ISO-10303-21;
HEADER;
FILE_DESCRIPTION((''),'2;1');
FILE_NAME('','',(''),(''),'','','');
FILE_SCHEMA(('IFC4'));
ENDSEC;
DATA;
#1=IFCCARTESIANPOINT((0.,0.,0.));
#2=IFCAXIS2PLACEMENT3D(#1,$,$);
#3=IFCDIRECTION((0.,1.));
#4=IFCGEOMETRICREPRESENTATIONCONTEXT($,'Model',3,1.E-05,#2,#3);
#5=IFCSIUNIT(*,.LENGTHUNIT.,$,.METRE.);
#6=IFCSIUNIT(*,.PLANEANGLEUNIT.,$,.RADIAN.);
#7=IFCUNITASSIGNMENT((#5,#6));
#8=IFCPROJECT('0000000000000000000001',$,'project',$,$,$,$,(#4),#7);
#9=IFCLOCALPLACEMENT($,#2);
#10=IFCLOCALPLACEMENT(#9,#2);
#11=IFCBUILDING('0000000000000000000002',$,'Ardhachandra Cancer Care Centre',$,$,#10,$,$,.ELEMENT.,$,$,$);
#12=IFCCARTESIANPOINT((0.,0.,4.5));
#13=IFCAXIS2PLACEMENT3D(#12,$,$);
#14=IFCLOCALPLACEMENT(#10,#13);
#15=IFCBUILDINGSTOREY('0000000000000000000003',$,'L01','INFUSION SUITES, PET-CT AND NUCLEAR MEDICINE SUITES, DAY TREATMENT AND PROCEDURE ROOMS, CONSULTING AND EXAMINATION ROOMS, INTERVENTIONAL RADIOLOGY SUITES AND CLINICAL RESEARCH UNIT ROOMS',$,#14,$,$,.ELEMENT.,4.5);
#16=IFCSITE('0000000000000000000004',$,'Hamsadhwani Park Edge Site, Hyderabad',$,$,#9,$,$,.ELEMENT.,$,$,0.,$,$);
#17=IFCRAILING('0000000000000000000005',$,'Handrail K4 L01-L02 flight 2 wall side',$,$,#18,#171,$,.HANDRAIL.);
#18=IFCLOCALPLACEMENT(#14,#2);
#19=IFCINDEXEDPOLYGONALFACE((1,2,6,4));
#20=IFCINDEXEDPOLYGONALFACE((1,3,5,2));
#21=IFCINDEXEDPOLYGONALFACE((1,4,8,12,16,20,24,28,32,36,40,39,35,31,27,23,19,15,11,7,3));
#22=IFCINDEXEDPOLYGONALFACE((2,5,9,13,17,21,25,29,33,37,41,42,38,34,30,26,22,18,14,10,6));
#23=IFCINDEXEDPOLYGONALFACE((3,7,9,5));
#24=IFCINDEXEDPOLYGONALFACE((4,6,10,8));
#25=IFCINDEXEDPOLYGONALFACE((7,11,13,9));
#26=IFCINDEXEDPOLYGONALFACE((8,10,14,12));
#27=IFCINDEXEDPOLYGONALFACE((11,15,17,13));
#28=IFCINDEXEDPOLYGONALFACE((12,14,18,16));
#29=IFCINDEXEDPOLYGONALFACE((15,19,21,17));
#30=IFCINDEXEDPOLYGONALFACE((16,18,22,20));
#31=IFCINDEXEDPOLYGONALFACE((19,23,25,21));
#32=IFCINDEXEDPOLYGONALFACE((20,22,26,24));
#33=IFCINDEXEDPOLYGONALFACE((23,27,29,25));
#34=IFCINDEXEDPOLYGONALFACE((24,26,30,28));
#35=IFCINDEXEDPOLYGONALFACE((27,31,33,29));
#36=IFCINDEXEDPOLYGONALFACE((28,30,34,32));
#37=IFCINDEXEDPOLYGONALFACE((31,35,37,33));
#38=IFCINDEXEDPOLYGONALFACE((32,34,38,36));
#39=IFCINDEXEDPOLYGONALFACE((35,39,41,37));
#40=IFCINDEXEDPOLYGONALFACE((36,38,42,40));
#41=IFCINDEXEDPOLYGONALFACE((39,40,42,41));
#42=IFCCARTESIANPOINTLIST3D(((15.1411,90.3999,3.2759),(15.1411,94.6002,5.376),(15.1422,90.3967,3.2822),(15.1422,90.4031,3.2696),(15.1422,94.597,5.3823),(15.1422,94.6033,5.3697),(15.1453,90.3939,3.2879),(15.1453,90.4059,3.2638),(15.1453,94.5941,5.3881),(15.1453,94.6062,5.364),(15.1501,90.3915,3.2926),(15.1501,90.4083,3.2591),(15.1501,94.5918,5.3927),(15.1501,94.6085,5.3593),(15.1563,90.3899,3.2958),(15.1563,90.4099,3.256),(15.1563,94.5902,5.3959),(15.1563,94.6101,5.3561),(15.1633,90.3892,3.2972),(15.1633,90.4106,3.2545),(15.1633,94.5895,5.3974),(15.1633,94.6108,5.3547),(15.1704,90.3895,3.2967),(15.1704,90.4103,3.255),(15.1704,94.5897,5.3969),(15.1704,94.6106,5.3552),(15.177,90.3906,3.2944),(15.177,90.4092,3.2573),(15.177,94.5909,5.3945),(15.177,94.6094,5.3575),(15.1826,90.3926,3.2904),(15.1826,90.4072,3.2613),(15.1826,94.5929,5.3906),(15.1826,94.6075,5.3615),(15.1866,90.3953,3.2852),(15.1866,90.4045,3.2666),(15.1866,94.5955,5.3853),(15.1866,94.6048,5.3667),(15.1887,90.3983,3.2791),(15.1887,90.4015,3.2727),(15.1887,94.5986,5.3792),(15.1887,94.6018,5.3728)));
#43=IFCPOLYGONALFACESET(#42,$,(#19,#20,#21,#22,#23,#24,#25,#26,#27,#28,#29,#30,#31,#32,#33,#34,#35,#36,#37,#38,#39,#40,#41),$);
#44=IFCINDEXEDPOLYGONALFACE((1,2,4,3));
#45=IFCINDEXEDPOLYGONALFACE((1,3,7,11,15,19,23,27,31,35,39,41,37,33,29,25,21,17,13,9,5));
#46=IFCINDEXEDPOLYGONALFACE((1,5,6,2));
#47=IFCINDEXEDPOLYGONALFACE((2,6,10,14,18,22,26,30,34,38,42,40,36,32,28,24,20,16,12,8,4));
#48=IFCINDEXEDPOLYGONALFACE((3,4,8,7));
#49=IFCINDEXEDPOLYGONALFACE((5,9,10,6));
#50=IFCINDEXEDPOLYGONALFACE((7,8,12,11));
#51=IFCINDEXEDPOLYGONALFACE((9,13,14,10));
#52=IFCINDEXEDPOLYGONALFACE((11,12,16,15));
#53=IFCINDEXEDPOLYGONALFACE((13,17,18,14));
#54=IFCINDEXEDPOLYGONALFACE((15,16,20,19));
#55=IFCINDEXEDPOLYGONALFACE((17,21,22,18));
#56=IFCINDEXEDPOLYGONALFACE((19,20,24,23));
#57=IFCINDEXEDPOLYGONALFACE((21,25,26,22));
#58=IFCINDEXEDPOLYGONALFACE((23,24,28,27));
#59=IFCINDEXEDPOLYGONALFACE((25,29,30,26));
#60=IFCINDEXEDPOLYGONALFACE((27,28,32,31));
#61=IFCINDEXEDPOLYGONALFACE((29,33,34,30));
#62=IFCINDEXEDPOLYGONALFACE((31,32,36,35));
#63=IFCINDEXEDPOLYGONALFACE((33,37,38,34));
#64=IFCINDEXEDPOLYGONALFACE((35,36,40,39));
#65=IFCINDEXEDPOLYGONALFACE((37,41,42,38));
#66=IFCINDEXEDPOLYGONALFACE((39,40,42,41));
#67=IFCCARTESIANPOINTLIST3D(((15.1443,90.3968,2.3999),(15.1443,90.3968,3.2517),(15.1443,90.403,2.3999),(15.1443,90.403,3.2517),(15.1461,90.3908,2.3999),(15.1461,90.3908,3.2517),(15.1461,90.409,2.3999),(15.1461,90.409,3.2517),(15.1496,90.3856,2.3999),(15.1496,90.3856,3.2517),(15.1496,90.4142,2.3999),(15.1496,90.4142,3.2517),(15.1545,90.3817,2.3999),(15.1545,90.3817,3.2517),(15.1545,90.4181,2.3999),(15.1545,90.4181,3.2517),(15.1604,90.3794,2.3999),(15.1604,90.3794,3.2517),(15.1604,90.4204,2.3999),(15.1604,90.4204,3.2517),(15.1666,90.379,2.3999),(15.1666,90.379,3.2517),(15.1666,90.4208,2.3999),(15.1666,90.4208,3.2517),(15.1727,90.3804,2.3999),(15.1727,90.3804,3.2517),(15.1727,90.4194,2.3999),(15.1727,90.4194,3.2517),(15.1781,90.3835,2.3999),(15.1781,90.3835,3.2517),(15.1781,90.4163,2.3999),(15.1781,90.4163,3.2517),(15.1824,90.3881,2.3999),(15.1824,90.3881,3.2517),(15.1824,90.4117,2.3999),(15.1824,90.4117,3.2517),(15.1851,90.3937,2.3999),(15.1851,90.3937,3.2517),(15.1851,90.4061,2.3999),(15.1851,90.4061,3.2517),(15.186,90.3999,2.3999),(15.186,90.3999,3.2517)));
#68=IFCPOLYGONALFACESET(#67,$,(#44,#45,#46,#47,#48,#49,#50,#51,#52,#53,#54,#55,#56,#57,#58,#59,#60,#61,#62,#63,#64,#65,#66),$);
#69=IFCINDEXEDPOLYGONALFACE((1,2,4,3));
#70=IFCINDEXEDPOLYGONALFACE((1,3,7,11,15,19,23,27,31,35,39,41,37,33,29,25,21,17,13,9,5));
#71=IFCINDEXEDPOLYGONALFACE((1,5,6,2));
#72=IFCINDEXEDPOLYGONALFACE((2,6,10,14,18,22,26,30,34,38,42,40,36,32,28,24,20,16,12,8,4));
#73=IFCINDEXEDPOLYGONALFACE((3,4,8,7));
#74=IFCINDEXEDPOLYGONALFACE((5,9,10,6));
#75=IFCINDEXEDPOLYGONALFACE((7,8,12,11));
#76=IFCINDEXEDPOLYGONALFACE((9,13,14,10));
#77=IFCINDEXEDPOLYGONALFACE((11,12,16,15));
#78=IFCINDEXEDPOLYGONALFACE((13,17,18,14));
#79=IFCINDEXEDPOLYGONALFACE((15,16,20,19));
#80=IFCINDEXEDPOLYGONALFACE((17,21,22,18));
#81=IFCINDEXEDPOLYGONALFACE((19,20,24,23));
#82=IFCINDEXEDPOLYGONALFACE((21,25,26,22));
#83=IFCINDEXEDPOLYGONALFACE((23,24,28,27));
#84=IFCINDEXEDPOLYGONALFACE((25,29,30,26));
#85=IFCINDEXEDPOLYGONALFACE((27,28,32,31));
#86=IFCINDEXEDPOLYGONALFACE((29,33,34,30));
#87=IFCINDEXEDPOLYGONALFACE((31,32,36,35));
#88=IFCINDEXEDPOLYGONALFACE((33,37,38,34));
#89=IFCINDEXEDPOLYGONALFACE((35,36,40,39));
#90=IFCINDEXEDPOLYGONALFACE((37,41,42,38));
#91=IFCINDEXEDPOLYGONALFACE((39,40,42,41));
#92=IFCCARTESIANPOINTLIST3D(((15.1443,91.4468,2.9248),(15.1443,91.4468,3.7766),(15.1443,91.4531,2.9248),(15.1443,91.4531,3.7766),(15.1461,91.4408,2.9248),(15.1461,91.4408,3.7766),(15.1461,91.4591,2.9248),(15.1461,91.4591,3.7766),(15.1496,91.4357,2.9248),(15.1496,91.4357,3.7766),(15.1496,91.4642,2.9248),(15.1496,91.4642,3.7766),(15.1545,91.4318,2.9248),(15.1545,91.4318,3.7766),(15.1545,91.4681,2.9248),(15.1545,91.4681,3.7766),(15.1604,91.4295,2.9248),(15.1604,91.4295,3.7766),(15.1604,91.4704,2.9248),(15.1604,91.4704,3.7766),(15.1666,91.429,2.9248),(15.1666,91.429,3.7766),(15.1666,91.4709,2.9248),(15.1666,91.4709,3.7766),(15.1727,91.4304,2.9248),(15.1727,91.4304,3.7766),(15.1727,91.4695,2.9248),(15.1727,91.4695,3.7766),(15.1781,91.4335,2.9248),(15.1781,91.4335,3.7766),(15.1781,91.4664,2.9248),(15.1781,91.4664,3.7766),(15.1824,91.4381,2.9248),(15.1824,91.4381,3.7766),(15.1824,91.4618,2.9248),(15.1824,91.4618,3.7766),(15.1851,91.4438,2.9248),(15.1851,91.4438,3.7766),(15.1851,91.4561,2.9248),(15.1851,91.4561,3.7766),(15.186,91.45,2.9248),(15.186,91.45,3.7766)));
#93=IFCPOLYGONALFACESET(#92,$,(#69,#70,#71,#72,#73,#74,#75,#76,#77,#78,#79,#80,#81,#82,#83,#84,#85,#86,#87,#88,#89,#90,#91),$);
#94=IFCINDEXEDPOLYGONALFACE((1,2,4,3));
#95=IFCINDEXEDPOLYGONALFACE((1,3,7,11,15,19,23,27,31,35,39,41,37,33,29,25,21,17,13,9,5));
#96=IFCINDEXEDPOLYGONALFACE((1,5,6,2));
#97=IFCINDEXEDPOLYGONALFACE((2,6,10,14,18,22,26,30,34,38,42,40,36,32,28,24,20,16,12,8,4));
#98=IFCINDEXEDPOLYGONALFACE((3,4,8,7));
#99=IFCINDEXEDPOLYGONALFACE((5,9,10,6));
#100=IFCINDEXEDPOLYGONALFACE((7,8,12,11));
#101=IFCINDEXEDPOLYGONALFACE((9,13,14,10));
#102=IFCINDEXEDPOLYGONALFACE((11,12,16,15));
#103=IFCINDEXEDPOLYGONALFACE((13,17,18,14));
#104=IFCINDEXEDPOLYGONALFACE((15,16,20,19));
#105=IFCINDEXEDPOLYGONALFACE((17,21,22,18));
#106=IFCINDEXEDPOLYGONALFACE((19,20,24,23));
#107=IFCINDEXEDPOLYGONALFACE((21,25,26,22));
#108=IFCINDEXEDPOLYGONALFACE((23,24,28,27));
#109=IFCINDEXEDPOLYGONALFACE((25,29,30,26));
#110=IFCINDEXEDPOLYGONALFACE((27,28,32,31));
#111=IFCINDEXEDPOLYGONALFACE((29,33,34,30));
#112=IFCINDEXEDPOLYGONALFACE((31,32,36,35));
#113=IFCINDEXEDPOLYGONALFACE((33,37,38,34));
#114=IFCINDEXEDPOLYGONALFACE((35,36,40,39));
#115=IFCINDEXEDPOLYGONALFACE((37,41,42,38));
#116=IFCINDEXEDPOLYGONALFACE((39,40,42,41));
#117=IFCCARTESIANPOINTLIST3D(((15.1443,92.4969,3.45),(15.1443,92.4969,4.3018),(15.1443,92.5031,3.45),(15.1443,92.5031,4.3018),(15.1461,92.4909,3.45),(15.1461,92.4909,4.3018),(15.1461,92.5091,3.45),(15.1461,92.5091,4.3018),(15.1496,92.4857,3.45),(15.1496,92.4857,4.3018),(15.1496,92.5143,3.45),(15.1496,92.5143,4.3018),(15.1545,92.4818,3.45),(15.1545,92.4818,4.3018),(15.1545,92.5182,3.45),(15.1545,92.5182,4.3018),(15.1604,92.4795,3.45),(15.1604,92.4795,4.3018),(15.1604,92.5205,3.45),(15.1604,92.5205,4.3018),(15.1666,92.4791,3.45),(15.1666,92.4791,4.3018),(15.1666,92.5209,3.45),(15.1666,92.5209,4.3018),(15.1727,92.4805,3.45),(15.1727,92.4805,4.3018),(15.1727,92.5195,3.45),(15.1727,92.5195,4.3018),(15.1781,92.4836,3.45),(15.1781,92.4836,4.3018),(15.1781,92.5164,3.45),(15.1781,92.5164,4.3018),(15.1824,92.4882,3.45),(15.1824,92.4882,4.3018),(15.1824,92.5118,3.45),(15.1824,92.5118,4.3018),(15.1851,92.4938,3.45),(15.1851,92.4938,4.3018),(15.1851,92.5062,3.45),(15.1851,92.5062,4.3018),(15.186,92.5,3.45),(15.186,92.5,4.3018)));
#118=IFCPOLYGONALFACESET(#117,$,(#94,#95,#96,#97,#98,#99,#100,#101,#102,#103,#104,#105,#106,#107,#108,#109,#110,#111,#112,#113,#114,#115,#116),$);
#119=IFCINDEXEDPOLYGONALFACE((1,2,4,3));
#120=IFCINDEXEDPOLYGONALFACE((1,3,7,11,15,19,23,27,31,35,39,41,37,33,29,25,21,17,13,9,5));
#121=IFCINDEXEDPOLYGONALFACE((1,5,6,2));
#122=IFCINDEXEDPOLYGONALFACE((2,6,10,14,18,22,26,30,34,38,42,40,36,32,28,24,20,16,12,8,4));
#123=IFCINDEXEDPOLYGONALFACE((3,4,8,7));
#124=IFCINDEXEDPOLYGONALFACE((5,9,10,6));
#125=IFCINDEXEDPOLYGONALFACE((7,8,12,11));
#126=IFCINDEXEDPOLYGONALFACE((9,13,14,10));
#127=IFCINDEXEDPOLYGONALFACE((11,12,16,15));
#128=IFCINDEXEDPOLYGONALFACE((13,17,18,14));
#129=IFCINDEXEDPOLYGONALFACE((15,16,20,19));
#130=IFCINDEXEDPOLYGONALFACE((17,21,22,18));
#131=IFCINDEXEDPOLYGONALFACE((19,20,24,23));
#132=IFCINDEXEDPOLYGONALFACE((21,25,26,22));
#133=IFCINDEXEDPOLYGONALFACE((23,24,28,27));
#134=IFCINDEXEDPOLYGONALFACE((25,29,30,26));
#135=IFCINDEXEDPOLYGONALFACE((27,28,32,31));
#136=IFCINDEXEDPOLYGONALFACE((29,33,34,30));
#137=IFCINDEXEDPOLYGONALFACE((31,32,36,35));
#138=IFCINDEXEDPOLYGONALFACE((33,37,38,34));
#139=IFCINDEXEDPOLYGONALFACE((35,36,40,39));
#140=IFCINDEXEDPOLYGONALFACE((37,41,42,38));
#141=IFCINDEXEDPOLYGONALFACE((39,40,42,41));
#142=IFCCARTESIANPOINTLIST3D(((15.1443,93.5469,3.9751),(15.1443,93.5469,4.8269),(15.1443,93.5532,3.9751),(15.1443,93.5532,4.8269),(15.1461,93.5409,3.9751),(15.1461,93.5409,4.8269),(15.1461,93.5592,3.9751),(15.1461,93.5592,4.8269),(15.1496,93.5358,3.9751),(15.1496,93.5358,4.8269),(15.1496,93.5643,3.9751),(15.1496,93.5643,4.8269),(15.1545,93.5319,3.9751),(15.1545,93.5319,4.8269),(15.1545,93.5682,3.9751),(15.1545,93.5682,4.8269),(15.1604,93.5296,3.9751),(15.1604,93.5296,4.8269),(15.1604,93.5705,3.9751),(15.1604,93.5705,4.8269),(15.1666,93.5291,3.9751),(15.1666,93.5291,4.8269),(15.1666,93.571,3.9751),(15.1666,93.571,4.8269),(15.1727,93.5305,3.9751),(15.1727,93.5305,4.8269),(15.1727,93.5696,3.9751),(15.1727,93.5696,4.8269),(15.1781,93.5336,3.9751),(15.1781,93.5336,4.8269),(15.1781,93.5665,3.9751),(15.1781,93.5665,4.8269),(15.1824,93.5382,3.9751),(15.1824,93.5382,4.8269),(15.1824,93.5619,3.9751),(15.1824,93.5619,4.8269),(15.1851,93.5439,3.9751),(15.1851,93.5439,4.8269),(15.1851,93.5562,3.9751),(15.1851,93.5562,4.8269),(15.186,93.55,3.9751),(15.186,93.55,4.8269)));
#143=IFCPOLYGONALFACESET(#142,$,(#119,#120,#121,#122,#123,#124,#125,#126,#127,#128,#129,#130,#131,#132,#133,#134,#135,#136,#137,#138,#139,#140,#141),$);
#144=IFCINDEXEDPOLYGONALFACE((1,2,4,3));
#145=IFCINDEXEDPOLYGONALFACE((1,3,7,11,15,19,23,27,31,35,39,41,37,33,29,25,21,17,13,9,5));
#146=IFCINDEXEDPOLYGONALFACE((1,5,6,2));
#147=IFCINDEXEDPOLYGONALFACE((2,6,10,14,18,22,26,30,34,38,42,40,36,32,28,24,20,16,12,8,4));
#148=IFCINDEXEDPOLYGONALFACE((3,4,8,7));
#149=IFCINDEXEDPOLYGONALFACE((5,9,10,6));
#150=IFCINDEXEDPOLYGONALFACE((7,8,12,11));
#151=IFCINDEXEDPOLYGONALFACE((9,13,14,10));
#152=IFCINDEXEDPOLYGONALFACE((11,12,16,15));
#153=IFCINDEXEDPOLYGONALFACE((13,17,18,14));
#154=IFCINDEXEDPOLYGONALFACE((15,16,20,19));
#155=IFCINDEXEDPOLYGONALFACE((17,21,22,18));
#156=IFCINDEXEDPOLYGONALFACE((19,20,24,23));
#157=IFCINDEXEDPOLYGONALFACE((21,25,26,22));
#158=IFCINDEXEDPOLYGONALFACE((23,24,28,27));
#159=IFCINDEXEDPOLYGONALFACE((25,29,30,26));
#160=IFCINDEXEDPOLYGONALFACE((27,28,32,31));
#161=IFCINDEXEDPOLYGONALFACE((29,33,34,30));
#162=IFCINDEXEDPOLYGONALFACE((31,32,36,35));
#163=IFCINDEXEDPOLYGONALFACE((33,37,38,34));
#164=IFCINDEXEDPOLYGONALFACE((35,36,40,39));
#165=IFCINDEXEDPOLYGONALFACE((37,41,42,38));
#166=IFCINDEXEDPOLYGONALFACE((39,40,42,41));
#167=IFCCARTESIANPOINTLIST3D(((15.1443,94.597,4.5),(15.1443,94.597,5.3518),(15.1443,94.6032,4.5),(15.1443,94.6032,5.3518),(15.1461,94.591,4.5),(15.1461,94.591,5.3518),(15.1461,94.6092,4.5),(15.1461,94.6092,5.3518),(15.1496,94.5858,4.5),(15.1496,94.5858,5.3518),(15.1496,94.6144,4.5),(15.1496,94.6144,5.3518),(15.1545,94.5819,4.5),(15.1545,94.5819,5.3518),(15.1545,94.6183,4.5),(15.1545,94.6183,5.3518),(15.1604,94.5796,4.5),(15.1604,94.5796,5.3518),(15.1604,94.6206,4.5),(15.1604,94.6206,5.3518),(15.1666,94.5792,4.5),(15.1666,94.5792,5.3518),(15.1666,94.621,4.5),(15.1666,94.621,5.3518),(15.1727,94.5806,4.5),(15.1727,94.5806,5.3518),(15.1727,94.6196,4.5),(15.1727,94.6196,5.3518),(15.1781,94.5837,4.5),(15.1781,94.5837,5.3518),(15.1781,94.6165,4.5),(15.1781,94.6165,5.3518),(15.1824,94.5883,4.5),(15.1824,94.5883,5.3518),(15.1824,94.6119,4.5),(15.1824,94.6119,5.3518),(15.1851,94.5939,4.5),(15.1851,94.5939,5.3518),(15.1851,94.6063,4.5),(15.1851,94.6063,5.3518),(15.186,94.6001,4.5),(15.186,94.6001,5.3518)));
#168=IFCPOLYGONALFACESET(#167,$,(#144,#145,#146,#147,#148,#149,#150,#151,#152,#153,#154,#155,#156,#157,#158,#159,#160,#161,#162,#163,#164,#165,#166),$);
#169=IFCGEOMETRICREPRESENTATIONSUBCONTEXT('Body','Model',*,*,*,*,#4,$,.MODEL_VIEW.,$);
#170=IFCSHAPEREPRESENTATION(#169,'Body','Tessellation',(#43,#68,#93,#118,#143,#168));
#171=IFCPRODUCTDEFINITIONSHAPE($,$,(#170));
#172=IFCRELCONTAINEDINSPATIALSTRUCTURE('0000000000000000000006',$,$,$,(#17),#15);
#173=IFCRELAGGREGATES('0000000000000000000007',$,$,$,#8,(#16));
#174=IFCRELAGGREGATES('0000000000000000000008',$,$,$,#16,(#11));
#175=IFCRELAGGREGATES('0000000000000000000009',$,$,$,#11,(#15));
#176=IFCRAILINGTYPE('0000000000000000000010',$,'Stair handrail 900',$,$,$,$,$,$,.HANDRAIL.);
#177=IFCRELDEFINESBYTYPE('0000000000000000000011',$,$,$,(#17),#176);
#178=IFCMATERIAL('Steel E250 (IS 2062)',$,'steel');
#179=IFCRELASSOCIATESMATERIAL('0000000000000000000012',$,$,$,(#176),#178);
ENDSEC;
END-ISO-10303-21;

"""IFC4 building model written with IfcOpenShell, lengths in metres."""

from ifc_helpers import new_model, si_unit, direction, frame, origin, origin_2d, place, context, subcontext, project, spatial, circle, extrude, material, type_object, element, save


model = new_model("IFC4")

# Units and contexts
model_context = context("Model", 3, precision=1e-05, world=origin(), true_north=direction((0.0, 1.0)))
body_context = subcontext(model_context, "Body", "Model", "MODEL_VIEW")
ifc_project = project(units=[si_unit("LENGTHUNIT", "METRE"), si_unit("PLANEANGLEUNIT", "RADIAN")], contexts=[model_context])

# Site, building, storey
site_placement = place(None, origin())
site = spatial("IfcSite", under=ifc_project, at=site_placement, Name="Hamsadhwani Park Edge Site, Hyderabad", CompositionType="ELEMENT", RefElevation=0.0)
building_placement = place(site_placement, origin())
building = spatial("IfcBuilding", under=site, at=building_placement, Name="Ardhachandra Cancer Care Centre", CompositionType="ELEMENT")
storey_placement = place(building_placement, frame((0.0, 0.0, 4.5)))
storey = spatial("IfcBuildingStorey", under=building, at=storey_placement, Name="L01", Description="INFUSION SUITES, PET-CT AND NUCLEAR MEDICINE SUITES, DAY TREATMENT AND PROCEDURE ROOMS, CONSULTING AND EXAMINATION ROOMS, INTERVENTIONAL RADIOLOGY SUITES AND CLINICAL RESEARCH UNIT ROOMS", CompositionType="ELEMENT", Elevation=4.5)

# Railing
ifc_material_1 = material(Name="Steel E250 (IS 2062)", Category="steel")
railing_type = type_object("IfcRailingType", Name="Stair handrail 900", PredefinedType="HANDRAIL", material=ifc_material_1)
for number, where, name in (
    (1, (15.165, 90.3999, 2.3999), "Handrail K4 L01-L02 flight 2 wall side"),
):
    element("IfcRailing", number, at=place(storey_placement, frame(where)), inside=storey, type_object=railing_type, Name=name, PredefinedType="HANDRAIL", context=body_context, shape_type="SweptSolid", body=[
        extrude(circle(Radius=0.0239, at=origin_2d()), frame((0.0, 0.0, 0.876), z_axis=(0.0, 0.894427, 0.447214), x_axis=(-1.0, 0.0, 0.0)), (0.0, 0.0, 1.0), 4.696),
        extrude(circle(Radius=0.021, at=origin_2d()), origin(), (0.0, 0.0, 1.0), 0.8518),
        extrude(circle(Radius=0.021, at=origin_2d()), frame((0.0, 1.05, 0.5249)), (0.0, 0.0, 1.0), 0.8518),
        extrude(circle(Radius=0.021, at=origin_2d()), frame((0.0, 2.1001, 1.05)), (0.0, 0.0, 1.0), 0.8518),
        extrude(circle(Radius=0.021, at=origin_2d()), frame((0.0, 3.1501, 1.5752)), (0.0, 0.0, 1.0), 0.8518),
        extrude(circle(Radius=0.021, at=origin_2d()), frame((0.0, 4.2002, 2.1001)), (0.0, 0.0, 1.0), 0.8518),
    ])

save(model, "model.ifc")
